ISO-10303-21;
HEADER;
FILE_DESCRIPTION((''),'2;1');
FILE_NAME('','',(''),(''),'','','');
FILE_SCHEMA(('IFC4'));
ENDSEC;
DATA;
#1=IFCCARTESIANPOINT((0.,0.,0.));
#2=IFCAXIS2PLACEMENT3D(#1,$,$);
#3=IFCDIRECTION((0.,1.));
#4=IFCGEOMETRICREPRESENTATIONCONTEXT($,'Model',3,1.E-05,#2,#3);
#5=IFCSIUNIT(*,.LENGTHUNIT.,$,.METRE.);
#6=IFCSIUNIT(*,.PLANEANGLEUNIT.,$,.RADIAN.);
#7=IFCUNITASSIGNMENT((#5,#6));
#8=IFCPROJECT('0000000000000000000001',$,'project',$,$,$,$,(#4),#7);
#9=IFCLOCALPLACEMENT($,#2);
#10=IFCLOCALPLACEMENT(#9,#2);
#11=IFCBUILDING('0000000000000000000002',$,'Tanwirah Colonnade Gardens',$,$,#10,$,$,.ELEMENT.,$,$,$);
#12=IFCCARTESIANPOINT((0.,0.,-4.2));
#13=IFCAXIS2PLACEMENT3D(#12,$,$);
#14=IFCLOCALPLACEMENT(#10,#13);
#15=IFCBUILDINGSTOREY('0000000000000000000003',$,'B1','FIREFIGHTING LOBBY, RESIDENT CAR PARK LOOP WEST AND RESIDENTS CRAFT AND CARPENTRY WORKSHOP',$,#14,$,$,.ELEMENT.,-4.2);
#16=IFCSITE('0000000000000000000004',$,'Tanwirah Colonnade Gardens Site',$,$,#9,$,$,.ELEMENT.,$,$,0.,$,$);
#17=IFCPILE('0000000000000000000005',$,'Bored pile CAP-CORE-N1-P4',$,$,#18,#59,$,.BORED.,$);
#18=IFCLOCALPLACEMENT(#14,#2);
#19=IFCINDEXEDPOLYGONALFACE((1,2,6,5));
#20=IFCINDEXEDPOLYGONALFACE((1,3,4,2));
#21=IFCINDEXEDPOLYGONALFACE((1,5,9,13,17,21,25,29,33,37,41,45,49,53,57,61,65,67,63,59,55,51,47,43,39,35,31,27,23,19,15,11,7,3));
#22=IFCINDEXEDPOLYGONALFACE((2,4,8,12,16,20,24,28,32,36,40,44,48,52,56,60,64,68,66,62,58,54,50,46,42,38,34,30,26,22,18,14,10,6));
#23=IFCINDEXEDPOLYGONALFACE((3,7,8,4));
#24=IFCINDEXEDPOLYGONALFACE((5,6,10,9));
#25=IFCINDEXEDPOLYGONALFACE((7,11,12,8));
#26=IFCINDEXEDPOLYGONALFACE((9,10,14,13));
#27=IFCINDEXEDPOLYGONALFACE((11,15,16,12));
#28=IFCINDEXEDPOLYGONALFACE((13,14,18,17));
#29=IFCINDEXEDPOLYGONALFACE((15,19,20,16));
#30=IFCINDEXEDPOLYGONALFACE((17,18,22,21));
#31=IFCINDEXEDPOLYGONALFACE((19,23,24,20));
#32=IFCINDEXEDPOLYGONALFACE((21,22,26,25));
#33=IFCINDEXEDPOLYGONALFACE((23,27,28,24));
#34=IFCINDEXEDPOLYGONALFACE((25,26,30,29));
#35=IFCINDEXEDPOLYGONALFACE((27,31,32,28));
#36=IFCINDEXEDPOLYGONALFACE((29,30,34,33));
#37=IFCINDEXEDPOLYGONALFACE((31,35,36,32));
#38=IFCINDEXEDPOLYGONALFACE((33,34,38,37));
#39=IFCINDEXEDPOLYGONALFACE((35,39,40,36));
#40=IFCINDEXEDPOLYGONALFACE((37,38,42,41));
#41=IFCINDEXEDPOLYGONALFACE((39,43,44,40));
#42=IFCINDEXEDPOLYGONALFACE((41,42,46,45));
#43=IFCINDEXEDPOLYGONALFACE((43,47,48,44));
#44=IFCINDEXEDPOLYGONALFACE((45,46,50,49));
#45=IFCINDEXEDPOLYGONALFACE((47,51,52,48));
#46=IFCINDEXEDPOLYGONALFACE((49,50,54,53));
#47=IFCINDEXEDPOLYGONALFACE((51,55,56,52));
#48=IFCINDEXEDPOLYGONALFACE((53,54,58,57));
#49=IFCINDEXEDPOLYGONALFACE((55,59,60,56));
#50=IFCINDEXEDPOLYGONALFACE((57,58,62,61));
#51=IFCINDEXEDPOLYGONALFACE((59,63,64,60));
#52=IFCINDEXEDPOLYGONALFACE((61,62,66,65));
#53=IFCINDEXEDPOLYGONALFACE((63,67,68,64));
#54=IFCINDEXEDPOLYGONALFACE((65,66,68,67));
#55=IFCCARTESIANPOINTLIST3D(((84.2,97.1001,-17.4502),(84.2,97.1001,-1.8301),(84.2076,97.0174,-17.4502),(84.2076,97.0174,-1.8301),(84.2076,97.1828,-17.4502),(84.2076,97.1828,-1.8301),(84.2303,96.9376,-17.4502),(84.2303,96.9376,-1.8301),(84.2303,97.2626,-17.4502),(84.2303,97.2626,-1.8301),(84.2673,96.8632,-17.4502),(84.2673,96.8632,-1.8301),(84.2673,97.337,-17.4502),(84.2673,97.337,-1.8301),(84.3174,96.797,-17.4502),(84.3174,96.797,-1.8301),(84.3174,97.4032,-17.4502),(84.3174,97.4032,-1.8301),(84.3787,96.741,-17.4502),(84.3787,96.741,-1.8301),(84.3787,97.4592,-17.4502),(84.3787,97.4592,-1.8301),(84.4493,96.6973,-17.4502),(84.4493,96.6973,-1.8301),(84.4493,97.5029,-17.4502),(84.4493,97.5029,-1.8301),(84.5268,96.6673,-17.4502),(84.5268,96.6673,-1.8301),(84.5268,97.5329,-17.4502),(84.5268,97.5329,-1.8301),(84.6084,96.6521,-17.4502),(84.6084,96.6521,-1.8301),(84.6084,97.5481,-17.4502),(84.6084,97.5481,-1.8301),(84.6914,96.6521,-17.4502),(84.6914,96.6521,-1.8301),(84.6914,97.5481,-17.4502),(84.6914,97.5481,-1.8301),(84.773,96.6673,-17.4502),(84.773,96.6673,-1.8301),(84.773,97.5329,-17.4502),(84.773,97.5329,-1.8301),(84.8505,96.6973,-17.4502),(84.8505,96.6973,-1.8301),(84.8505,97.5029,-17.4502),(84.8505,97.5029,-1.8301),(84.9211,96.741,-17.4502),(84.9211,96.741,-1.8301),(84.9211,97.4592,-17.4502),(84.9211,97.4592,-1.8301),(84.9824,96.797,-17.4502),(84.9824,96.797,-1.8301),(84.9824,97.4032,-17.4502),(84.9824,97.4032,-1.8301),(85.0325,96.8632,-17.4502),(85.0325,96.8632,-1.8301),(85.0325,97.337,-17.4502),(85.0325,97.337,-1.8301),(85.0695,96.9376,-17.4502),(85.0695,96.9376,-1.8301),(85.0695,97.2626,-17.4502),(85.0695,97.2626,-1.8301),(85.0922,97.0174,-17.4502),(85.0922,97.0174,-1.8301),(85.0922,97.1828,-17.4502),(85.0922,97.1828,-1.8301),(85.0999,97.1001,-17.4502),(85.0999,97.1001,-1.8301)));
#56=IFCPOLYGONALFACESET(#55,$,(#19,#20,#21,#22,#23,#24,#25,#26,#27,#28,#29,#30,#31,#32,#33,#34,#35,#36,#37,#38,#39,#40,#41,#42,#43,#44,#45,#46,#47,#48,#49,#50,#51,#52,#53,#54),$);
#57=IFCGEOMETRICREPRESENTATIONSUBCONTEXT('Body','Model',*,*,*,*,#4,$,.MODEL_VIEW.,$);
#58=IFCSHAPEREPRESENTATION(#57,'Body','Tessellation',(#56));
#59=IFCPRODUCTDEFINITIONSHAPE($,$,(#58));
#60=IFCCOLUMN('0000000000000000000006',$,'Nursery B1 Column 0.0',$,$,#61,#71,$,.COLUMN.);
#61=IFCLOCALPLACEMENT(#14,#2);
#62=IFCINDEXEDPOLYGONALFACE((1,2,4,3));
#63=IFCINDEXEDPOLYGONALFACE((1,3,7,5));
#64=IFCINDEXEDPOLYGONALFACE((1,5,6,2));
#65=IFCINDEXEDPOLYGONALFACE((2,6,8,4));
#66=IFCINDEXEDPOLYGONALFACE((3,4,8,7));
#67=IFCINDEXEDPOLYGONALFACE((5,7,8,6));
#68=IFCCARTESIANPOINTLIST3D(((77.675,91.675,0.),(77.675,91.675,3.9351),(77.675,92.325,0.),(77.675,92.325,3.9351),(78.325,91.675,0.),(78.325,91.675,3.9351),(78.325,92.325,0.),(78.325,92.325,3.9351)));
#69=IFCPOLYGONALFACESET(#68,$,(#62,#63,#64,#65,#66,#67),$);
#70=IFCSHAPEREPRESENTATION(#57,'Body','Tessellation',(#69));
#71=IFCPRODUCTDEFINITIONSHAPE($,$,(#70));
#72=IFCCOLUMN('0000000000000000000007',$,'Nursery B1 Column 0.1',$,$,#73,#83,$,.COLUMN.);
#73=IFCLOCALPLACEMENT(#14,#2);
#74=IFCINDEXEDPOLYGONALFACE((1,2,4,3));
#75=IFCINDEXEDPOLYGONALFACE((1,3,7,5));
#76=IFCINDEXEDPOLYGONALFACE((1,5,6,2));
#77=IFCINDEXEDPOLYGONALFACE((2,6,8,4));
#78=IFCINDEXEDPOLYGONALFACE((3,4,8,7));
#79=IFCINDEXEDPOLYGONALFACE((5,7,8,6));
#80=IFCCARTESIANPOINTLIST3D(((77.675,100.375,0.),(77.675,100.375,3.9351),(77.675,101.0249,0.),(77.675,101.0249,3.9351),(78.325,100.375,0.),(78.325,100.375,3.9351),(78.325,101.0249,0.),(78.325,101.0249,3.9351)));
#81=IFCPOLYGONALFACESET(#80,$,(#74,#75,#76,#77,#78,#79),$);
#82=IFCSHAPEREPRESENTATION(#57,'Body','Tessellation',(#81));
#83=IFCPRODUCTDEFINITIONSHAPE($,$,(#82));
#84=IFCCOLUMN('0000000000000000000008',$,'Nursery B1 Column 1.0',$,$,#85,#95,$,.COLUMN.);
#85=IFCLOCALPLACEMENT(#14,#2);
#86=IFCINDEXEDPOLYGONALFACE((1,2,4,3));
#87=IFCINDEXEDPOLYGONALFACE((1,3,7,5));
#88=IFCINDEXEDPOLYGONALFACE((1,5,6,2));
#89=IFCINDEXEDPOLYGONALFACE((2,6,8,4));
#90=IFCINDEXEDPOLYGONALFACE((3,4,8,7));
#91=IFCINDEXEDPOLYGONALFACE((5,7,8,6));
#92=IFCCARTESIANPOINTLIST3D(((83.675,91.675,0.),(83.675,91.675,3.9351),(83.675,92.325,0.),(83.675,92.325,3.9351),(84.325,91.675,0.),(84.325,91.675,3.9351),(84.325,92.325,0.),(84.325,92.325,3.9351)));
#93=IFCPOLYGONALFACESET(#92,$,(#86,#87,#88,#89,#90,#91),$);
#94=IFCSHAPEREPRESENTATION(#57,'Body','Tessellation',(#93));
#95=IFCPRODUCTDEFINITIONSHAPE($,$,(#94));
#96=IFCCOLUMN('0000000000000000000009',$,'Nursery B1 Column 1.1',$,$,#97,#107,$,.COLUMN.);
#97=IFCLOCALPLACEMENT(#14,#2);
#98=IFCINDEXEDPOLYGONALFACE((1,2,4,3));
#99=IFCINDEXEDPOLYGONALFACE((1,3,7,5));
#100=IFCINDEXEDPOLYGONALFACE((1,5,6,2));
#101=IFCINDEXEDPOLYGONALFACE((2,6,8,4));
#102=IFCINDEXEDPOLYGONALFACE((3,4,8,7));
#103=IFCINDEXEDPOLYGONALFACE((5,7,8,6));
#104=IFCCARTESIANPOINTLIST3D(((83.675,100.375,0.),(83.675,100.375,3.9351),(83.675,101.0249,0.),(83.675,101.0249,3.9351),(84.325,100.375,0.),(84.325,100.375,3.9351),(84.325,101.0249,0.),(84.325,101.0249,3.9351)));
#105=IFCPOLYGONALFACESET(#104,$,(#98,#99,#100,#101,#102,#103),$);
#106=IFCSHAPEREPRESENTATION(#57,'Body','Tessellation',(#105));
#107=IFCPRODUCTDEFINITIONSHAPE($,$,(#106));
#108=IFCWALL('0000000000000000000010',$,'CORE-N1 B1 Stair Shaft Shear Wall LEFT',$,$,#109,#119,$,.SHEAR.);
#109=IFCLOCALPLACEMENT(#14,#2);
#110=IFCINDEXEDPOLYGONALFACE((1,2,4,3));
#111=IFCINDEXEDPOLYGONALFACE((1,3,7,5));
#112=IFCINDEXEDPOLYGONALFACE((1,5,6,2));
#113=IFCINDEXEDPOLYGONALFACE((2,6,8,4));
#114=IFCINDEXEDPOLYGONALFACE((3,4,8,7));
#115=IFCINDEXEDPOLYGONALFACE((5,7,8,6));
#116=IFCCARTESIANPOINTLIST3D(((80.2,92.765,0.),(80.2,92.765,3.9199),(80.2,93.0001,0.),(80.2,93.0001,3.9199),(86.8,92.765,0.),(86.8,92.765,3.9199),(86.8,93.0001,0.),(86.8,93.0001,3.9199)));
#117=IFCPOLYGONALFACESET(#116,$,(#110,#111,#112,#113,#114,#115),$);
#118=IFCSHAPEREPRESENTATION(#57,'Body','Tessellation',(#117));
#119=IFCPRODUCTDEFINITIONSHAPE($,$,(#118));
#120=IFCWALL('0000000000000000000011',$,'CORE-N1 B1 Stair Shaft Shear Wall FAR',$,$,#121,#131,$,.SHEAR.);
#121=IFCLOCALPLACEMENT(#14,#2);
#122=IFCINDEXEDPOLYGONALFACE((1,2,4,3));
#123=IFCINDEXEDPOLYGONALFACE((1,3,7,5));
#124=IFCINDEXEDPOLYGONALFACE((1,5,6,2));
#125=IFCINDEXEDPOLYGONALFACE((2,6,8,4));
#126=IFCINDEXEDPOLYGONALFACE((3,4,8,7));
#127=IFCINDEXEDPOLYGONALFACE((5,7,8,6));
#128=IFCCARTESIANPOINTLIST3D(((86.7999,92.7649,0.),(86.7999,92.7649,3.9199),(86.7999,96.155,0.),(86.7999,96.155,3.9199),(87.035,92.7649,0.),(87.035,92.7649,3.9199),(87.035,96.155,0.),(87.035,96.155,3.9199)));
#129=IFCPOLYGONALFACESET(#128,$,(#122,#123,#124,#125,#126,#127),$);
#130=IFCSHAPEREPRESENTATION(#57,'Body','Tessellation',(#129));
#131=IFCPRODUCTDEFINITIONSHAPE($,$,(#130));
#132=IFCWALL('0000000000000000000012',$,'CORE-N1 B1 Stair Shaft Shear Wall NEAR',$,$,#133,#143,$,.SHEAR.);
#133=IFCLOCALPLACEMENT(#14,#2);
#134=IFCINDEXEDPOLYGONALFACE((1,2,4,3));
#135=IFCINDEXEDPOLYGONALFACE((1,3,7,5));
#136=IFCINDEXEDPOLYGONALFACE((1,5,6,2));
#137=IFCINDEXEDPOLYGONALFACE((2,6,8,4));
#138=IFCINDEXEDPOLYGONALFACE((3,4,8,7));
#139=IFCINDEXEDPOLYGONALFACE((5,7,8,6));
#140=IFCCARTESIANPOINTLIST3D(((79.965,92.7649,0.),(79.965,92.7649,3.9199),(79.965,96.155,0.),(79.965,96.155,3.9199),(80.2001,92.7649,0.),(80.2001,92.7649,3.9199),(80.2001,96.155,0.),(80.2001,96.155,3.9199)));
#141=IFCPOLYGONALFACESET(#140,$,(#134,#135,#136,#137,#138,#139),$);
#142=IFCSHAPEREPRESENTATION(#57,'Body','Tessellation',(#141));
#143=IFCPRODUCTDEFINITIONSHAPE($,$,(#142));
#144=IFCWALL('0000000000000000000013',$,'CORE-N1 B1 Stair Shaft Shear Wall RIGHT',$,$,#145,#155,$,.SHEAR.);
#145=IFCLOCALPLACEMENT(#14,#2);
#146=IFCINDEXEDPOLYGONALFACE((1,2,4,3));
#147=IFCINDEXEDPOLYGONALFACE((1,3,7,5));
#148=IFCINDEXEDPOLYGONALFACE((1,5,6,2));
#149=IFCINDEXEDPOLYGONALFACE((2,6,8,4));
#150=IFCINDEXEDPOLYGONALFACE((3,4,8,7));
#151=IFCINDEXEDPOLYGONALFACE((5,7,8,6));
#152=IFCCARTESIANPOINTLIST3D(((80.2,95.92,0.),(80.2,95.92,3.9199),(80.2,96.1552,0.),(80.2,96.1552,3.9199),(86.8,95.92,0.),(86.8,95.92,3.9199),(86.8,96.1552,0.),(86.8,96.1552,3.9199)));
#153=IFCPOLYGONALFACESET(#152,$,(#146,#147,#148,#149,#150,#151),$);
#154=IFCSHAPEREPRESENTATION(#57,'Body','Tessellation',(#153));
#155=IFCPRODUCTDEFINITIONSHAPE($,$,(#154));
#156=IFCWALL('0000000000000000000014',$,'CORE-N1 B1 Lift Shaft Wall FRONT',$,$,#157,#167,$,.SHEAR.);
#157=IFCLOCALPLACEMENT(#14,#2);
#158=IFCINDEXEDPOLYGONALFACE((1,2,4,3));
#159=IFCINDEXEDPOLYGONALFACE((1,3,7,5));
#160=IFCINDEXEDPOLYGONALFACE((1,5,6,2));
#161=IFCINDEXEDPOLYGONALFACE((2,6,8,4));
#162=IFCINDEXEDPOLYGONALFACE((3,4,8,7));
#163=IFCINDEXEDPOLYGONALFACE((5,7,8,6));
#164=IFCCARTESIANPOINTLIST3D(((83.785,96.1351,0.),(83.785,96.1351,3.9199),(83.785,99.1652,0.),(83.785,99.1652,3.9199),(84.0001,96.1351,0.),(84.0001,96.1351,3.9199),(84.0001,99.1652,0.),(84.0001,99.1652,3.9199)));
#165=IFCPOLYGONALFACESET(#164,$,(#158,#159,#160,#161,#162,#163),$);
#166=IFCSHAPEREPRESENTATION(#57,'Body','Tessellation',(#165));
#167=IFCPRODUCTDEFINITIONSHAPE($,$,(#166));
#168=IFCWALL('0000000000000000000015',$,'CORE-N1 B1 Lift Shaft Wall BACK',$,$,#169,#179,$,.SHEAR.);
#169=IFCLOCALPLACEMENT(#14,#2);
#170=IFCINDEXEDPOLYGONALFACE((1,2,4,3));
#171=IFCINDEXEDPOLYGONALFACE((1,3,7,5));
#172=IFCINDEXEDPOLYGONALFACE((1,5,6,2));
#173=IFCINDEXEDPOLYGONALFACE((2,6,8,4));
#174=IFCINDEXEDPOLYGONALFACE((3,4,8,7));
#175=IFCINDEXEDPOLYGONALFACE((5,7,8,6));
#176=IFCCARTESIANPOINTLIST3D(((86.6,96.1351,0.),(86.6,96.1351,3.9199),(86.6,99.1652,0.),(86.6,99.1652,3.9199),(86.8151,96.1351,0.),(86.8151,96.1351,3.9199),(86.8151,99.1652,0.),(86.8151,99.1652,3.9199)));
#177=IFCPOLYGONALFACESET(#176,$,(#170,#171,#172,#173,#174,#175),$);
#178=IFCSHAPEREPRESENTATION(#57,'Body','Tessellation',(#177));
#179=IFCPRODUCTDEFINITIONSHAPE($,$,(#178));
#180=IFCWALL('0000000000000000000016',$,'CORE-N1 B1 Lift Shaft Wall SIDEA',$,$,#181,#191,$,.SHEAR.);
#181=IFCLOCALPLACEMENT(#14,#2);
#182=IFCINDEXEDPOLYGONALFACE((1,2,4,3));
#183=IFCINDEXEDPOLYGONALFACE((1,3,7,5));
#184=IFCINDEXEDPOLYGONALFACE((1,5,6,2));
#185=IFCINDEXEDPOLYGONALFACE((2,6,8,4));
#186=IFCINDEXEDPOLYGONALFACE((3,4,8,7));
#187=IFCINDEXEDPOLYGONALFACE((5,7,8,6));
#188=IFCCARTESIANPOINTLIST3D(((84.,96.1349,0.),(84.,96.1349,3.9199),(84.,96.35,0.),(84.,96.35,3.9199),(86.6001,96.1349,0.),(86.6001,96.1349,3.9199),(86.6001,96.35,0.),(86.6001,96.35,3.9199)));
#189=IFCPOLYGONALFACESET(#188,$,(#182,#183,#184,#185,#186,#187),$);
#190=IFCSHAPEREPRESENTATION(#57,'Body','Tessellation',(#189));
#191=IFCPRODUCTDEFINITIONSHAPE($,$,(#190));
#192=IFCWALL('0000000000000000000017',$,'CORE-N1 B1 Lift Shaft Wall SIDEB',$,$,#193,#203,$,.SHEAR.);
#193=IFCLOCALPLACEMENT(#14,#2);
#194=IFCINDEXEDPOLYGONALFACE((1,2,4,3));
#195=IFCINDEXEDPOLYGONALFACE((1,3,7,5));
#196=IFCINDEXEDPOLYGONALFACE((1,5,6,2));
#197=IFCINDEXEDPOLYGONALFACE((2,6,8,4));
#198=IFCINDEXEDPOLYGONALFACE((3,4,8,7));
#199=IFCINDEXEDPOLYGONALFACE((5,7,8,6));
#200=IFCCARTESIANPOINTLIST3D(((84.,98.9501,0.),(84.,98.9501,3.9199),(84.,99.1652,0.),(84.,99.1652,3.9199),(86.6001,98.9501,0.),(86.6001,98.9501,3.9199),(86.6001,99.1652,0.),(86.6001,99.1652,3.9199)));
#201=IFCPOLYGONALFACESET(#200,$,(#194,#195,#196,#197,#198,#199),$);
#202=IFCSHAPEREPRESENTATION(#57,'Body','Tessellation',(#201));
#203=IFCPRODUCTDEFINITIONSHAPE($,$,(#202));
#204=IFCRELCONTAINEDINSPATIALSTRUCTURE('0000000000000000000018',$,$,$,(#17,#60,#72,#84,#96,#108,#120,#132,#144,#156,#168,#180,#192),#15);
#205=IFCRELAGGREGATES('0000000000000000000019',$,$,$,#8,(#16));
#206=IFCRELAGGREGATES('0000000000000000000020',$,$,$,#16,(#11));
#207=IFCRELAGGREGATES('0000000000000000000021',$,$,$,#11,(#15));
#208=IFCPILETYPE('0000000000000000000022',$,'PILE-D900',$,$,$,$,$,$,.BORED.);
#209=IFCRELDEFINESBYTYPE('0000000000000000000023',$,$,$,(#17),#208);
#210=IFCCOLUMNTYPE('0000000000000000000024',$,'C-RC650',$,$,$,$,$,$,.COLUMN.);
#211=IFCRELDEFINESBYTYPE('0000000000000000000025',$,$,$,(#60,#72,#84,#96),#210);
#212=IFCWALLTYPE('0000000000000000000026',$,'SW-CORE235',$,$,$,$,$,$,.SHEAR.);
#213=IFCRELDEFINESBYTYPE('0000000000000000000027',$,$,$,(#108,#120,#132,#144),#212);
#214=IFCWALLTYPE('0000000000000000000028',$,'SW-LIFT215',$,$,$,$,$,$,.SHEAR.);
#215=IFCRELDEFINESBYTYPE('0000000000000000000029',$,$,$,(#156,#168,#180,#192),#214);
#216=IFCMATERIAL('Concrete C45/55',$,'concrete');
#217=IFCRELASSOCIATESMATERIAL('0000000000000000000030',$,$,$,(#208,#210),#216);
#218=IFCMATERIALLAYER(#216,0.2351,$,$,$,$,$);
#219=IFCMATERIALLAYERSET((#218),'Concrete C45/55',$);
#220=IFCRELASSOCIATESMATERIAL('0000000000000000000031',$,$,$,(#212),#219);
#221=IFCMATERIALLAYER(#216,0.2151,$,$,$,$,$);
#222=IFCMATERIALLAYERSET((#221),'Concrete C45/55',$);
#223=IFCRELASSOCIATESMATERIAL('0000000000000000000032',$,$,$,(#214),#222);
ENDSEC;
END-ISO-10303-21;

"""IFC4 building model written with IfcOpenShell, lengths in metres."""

from ifc_helpers import new_model, si_unit, direction, frame, frame_2d, origin, origin_2d, place, context, subcontext, project, spatial, rectangle, circle, extrude, material, layer, layer_set, material_profile, profile_set, type_object, element, save


model = new_model("IFC4")

# Units and contexts
model_context = context("Model", 3, precision=1e-05, world=origin(), true_north=direction((0.0, 1.0)))
body_context = subcontext(model_context, "Body", "Model", "MODEL_VIEW")
ifc_project = project(units=[si_unit("LENGTHUNIT", "METRE"), si_unit("PLANEANGLEUNIT", "RADIAN")], contexts=[model_context])

# Site, building, storey
site_placement = place(None, origin())
site = spatial("IfcSite", under=ifc_project, at=site_placement, Name="Tanwirah Colonnade Gardens Site", CompositionType="ELEMENT", RefElevation=0.0)
building_placement = place(site_placement, origin())
building = spatial("IfcBuilding", under=site, at=building_placement, Name="Tanwirah Colonnade Gardens", CompositionType="ELEMENT")
storey_placement = place(building_placement, frame((0.0, 0.0, -4.2)))
storey = spatial("IfcBuildingStorey", under=building, at=storey_placement, Name="B1", Description="FIREFIGHTING LOBBY, RESIDENT CAR PARK LOOP WEST AND RESIDENTS CRAFT AND CARPENTRY WORKSHOP", CompositionType="ELEMENT", Elevation=-4.2)

# Shared definitions
ifc_material = material(Name="Concrete C45/55", Category="concrete")

# Pile
ifc_material_profile_1 = material_profile(ifc_material, circle(Radius=0.45, at=origin_2d()), Name="PILE D900")
ifc_profile_set_1 = profile_set([ifc_material_profile_1], Name="Concrete C45/55")
pile_type_1 = type_object("IfcPileType", Name="PILE-D900", PredefinedType="BORED", material=ifc_profile_set_1)
for number, where, z_axis, x_axis, name in (
    (1, (84.6499, 97.1001, -1.8301), (0.0, 0.0, -1.0), (1.0, 0.0, 0.0), "Bored pile CAP-CORE-N1-P4"),
):
    element("IfcPile", number, at=place(storey_placement, frame(where, z_axis=z_axis, x_axis=x_axis)), inside=storey, type_object=pile_type_1, Name=name, PredefinedType="BORED", context=body_context, shape_type="SweptSolid", body=[
        extrude(circle(Radius=0.45, at=origin_2d()), origin(), (0.0, 0.0, 1.0), 15.6201),
    ])

# Columns
ifc_material_profile_2 = material_profile(ifc_material, rectangle(XDim=0.6499, YDim=0.6499, at=origin_2d()), Name="RC-COL 650x650")
ifc_profile_set_2 = profile_set([ifc_material_profile_2], Name="Concrete C45/55")
column_type = type_object("IfcColumnType", Name="C-RC650", PredefinedType="COLUMN", material=ifc_profile_set_2)
for number, where, z_axis, x_axis, name in (
    (2, (78.0, 92.0, 0.0), (0.0, 0.0, 1.0), (1.0, 0.0, 0.0), "Nursery B1 Column 0.0"),
    (3, (78.0, 100.7, 0.0), (0.0, 0.0, 1.0), (1.0, 0.0, 0.0), "Nursery B1 Column 0.1"),
    (4, (84.0, 92.0, 0.0), (0.0, 0.0, 1.0), (1.0, 0.0, 0.0), "Nursery B1 Column 1.0"),
    (5, (84.0, 100.7, 0.0), (0.0, 0.0, 1.0), (1.0, 0.0, 0.0), "Nursery B1 Column 1.1"),
):
    element("IfcColumn", number, at=place(storey_placement, frame(where, z_axis=z_axis, x_axis=x_axis)), inside=storey, type_object=column_type, Name=name, PredefinedType="COLUMN", context=body_context, shape_type="SweptSolid", body=[
        extrude(rectangle(XDim=0.6499, YDim=0.6499, at=origin_2d()), origin(), (0.0, 0.0, 1.0), 3.9351),
    ])

# Walls
ifc_layer_1 = layer(ifc_material, 0.2351)
ifc_layer_set_1 = layer_set([ifc_layer_1], Name="Concrete C45/55")
wall_type_1 = type_object("IfcWallType", Name="SW-CORE235", PredefinedType="SHEAR", material=ifc_layer_set_1)
wall_1_placement = place(storey_placement, frame((80.2, 92.8826, 0.0), z_axis=(0.0, 0.0, 1.0), x_axis=(1.0, 0.0, 0.0)))
element("IfcWall", 6, at=wall_1_placement, inside=storey, type_object=wall_type_1, Name="CORE-N1 B1 Stair Shaft Shear Wall LEFT", PredefinedType="SHEAR", context=body_context, shape_type="SweptSolid", body=[
    extrude(rectangle(XDim=6.6001, YDim=0.2351, at=frame_2d((3.3, 0.0))), origin(), (0.0, 0.0, 1.0), 3.9199),
])
for number, where, z_axis, x_axis, name in (
    (7, (86.9175, 92.7649, 0.0), (0.0, 0.0, 1.0), (0.0, 1.0, 0.0), "CORE-N1 B1 Stair Shaft Shear Wall FAR"),
    (8, (80.0825, 92.7649, 0.0), (0.0, 0.0, 1.0), (0.0, 1.0, 0.0), "CORE-N1 B1 Stair Shaft Shear Wall NEAR"),
):
    element("IfcWall", number, at=place(storey_placement, frame(where, z_axis=z_axis, x_axis=x_axis)), inside=storey, type_object=wall_type_1, Name=name, PredefinedType="SHEAR", context=body_context, shape_type="SweptSolid", body=[
        extrude(rectangle(XDim=3.3901, YDim=0.2351, at=frame_2d((1.6951, 0.0))), origin(), (0.0, 0.0, 1.0), 3.9199),
    ])
wall_2_placement = place(storey_placement, frame((80.2, 96.0376, 0.0), z_axis=(0.0, 0.0, 1.0), x_axis=(1.0, 0.0, 0.0)))
element("IfcWall", 9, at=wall_2_placement, inside=storey, type_object=wall_type_1, Name="CORE-N1 B1 Stair Shaft Shear Wall RIGHT", PredefinedType="SHEAR", context=body_context, shape_type="SweptSolid", body=[
    extrude(rectangle(XDim=6.6001, YDim=0.2351, at=frame_2d((3.3, 0.0))), origin(), (0.0, 0.0, 1.0), 3.9199),
])
ifc_layer_2 = layer(ifc_material, 0.2151)
ifc_layer_set_2 = layer_set([ifc_layer_2], Name="Concrete C45/55")
wall_type_2 = type_object("IfcWallType", Name="SW-LIFT215", PredefinedType="SHEAR", material=ifc_layer_set_2)
for number, where, z_axis, x_axis, name in (
    (10, (83.8926, 96.135, 0.0), (0.0, 0.0, 1.0), (0.0, 1.0, 0.0), "CORE-N1 B1 Lift Shaft Wall FRONT"),
    (11, (86.7075, 96.135, 0.0), (0.0, 0.0, 1.0), (0.0, 1.0, 0.0), "CORE-N1 B1 Lift Shaft Wall BACK"),
):
    element("IfcWall", number, at=place(storey_placement, frame(where, z_axis=z_axis, x_axis=x_axis)), inside=storey, type_object=wall_type_2, Name=name, PredefinedType="SHEAR", context=body_context, shape_type="SweptSolid", body=[
        extrude(rectangle(XDim=3.03, YDim=0.2151, at=frame_2d((1.5151, 0.0))), origin(), (0.0, 0.0, 1.0), 3.9199),
    ])
for number, where, z_axis, x_axis, name in (
    (12, (84.0, 96.2424, 0.0), (0.0, 0.0, 1.0), (1.0, 0.0, 0.0), "CORE-N1 B1 Lift Shaft Wall SIDEA"),
    (13, (84.0, 99.0576, 0.0), (0.0, 0.0, 1.0), (1.0, 0.0, 0.0), "CORE-N1 B1 Lift Shaft Wall SIDEB"),
):
    element("IfcWall", number, at=place(storey_placement, frame(where, z_axis=z_axis, x_axis=x_axis)), inside=storey, type_object=wall_type_2, Name=name, PredefinedType="SHEAR", context=body_context, shape_type="SweptSolid", body=[
        extrude(rectangle(XDim=2.6001, YDim=0.2151, at=frame_2d((1.3, 0.0))), origin(), (0.0, 0.0, 1.0), 3.9199),
    ])

save(model, "model.ifc")
